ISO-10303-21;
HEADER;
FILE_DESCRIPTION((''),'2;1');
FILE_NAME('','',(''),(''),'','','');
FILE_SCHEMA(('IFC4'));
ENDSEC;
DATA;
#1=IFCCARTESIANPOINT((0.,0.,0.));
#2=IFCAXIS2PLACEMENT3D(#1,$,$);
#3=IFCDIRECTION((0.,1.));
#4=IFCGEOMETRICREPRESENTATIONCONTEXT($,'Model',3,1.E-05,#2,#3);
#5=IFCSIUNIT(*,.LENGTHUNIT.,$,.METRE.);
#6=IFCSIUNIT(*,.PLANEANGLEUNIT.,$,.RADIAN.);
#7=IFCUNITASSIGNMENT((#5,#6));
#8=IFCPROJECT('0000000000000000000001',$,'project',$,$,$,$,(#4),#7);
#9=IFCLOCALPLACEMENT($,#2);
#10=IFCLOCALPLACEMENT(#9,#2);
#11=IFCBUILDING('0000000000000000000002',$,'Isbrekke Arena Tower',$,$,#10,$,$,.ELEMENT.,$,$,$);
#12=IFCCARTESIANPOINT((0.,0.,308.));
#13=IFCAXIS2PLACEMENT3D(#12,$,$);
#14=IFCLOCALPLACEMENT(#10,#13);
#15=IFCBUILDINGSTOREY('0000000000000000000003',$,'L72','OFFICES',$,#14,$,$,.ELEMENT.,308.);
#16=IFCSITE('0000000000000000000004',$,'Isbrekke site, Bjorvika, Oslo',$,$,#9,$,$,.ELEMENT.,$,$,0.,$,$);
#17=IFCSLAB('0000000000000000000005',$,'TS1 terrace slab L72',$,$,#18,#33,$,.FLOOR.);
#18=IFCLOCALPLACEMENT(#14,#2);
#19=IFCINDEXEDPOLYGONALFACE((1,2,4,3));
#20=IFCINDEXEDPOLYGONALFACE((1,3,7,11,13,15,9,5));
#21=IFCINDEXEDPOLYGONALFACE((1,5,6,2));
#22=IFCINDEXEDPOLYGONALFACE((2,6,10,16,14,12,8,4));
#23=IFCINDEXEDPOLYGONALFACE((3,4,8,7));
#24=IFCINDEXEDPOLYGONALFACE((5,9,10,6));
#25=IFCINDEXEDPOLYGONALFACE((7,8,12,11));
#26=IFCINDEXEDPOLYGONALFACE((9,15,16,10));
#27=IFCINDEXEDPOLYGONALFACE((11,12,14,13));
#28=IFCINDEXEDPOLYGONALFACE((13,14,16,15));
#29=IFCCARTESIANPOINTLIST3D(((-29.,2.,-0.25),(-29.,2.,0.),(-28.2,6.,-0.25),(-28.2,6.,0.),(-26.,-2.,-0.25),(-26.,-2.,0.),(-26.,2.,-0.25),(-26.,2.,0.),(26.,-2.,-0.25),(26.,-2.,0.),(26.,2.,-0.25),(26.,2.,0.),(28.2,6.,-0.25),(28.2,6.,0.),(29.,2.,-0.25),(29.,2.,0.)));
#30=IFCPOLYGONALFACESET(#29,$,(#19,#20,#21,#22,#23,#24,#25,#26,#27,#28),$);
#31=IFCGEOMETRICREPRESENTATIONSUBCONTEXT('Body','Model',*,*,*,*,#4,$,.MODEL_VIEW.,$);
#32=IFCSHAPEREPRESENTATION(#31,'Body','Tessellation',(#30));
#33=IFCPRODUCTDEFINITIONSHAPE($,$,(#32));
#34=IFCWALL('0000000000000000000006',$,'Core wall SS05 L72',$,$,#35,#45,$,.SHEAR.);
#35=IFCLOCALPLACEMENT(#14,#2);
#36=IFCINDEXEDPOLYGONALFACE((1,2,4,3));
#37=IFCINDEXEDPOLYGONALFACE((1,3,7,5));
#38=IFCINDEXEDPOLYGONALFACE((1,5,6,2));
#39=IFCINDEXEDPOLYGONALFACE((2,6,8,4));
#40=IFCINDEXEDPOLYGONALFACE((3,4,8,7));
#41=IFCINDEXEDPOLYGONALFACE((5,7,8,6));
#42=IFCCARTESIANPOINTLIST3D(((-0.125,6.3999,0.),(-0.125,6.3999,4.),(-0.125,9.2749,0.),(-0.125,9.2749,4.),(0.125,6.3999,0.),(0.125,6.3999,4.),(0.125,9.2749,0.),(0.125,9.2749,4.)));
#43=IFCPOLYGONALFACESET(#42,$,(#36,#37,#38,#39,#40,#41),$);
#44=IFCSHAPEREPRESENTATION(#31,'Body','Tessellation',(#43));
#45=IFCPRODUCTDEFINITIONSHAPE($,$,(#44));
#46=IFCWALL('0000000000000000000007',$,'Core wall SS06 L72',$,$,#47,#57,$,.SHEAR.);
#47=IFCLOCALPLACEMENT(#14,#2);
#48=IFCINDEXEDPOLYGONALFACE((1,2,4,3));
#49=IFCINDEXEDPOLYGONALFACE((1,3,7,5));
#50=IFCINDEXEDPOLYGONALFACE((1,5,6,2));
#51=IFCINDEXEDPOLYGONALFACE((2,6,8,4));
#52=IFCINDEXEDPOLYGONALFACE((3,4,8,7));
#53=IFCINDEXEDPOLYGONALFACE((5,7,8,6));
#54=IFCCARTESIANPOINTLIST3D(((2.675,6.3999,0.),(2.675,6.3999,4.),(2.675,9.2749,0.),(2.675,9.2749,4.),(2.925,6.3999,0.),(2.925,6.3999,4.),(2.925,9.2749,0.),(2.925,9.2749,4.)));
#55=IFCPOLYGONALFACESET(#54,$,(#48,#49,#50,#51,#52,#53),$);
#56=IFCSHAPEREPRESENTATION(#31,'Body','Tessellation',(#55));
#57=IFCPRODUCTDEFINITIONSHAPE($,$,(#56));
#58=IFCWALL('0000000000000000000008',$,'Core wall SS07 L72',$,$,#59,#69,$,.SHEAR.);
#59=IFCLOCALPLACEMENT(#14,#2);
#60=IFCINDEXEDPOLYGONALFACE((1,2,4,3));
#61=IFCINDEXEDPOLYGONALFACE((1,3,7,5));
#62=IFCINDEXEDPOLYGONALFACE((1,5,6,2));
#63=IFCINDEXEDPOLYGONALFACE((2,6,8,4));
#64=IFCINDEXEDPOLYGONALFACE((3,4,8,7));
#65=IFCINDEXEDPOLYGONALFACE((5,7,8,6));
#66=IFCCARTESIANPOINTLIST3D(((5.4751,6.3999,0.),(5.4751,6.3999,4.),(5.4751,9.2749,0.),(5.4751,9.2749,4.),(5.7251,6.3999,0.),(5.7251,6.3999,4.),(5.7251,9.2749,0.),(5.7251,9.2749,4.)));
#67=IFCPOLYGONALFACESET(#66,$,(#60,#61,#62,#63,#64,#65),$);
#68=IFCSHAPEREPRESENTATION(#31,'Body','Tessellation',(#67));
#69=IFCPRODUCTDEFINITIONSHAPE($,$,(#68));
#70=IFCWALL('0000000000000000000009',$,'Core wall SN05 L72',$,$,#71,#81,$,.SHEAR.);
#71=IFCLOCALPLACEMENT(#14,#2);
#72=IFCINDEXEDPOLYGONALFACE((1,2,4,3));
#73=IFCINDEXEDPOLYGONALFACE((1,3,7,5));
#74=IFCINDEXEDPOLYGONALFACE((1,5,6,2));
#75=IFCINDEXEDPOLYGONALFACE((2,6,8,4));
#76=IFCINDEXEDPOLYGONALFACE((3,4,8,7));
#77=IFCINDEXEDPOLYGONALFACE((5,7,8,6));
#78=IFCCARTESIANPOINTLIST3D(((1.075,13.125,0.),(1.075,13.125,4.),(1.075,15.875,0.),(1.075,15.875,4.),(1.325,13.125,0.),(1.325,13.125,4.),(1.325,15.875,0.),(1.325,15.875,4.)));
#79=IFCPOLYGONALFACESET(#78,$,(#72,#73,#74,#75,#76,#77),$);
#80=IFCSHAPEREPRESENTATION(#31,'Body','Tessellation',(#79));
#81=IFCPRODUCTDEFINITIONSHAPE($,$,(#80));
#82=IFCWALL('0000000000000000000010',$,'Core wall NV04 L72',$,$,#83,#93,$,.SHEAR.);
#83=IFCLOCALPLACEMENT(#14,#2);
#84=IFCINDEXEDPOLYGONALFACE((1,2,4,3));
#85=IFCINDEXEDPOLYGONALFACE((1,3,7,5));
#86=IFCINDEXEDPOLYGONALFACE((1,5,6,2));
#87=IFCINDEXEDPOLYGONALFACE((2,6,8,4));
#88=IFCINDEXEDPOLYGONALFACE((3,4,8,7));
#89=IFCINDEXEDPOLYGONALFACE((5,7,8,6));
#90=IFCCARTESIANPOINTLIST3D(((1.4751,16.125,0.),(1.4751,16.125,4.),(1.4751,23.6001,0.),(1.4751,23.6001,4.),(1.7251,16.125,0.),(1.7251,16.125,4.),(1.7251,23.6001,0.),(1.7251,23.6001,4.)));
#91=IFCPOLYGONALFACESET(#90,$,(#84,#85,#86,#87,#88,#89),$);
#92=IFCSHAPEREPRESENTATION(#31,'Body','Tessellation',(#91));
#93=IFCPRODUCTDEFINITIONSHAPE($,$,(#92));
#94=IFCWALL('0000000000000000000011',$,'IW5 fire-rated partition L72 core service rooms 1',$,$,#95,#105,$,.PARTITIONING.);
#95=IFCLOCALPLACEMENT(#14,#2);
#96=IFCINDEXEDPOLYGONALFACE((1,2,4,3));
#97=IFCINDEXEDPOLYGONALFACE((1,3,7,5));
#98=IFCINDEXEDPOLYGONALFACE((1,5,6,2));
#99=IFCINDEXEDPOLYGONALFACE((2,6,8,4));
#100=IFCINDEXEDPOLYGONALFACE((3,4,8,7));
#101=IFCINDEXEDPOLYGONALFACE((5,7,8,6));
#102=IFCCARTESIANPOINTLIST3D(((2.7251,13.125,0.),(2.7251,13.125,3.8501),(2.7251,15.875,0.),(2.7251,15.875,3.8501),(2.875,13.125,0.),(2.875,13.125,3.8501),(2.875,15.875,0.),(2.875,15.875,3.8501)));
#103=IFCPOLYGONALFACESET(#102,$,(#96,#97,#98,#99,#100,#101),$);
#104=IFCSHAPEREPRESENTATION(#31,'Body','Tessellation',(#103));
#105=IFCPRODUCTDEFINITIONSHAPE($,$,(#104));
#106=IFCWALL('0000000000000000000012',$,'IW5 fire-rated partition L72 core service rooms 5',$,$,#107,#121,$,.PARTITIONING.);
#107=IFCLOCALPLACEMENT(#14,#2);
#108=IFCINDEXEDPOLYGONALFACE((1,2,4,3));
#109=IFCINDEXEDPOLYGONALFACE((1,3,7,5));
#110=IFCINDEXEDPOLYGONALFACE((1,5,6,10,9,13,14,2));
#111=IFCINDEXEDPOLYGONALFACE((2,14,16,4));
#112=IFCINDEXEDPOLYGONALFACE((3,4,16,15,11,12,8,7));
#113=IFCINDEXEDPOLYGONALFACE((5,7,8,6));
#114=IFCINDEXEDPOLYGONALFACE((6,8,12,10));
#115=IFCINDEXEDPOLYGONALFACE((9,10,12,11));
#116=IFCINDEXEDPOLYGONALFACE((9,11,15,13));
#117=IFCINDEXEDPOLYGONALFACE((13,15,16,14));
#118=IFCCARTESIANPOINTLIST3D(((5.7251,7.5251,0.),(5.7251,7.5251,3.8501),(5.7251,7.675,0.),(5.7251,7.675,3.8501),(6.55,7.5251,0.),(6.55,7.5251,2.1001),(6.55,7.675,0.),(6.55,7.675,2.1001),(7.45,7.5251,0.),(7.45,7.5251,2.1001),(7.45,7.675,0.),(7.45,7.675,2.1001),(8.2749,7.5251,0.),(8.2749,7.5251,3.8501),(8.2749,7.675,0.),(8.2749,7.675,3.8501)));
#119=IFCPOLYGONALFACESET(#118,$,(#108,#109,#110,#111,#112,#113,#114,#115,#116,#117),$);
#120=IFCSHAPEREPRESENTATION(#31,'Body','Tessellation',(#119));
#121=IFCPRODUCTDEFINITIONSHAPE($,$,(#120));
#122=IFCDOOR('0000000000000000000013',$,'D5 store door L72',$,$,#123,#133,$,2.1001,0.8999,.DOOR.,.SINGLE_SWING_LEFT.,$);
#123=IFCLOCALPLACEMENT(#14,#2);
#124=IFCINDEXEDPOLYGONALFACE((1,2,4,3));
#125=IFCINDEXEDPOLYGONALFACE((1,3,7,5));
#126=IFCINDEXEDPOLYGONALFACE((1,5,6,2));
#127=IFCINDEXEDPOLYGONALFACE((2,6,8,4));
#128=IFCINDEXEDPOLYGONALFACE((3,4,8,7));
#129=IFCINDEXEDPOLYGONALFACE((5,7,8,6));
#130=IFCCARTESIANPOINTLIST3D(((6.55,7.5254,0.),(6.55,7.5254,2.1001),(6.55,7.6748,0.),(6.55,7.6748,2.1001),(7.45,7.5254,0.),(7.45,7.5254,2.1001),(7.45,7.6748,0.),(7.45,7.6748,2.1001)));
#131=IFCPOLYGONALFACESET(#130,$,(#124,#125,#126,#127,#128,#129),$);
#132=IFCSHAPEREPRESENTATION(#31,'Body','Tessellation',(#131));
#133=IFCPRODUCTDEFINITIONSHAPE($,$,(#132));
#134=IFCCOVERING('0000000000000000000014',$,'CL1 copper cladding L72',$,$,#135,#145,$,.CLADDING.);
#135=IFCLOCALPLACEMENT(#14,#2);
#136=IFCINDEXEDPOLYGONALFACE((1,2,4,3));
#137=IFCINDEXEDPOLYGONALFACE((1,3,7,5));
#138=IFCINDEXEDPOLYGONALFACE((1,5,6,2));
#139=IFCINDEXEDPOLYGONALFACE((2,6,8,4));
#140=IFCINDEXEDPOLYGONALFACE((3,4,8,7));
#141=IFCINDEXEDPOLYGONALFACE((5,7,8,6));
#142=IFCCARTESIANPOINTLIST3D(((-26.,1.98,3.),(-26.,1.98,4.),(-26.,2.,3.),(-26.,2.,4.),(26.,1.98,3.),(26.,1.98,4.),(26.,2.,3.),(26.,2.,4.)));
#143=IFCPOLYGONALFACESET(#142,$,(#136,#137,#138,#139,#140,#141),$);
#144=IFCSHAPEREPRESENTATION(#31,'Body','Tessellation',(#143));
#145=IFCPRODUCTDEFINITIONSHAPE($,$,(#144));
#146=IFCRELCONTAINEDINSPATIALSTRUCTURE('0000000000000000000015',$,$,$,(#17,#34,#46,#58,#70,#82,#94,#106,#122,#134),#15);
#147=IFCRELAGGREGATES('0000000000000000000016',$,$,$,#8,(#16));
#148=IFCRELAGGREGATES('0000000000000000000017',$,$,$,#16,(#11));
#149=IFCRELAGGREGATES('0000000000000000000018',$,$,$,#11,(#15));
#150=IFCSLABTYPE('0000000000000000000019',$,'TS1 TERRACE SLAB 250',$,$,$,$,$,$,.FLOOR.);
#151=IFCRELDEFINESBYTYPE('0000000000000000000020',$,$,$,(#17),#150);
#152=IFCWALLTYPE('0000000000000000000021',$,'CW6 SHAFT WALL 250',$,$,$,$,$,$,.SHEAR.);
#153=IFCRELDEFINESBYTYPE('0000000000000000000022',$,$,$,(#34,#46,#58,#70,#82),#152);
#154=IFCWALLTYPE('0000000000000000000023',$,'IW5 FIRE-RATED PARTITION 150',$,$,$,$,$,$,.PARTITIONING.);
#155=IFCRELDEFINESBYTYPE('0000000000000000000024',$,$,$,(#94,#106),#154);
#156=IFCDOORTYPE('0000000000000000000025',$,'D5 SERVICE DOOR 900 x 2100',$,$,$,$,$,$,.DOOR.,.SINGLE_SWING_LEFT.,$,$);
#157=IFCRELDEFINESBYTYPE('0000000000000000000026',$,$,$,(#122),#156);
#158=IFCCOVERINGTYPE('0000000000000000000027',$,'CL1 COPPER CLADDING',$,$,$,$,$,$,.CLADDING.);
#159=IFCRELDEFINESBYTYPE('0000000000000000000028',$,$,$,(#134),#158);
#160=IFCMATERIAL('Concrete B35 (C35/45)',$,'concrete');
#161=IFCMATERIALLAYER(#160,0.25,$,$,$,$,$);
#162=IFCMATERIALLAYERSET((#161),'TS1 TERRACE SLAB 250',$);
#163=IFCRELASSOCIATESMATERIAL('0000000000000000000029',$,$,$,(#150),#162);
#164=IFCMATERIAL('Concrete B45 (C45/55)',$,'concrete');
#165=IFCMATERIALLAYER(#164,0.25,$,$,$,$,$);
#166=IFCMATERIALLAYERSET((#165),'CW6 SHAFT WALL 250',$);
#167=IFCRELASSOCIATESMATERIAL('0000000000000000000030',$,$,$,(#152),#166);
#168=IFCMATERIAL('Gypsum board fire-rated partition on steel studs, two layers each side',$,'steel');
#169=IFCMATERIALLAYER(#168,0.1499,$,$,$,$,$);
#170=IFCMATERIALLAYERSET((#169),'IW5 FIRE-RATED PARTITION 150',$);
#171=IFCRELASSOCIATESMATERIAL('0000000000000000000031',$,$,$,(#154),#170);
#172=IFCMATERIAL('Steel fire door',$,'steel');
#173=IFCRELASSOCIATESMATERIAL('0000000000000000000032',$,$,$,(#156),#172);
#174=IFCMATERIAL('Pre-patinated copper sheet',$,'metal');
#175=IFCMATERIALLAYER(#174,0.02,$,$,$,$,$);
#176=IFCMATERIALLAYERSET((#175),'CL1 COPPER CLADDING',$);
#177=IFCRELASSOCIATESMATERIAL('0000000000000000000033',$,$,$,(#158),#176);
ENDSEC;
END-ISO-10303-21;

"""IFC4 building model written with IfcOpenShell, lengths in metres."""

from ifc_helpers import new_model, si_unit, direction, frame, frame_2d, origin, origin_2d, place, context, subcontext, project, spatial, polyline, rectangle, outline, extrude, material, layer, layer_set, type_object, element, fill, save


model = new_model("IFC4")

# Units and contexts
model_context = context("Model", 3, precision=1e-05, world=origin(), true_north=direction((0.0, 1.0)))
body_context = subcontext(model_context, "Body", "Model", "MODEL_VIEW")
ifc_project = project(units=[si_unit("LENGTHUNIT", "METRE"), si_unit("PLANEANGLEUNIT", "RADIAN")], contexts=[model_context])

# Site, building, storey
site_placement = place(None, origin())
site = spatial("IfcSite", under=ifc_project, at=site_placement, Name="Isbrekke site, Bjorvika, Oslo", CompositionType="ELEMENT", RefElevation=0.0)
building_placement = place(site_placement, origin())
building = spatial("IfcBuilding", under=site, at=building_placement, Name="Isbrekke Arena Tower", CompositionType="ELEMENT")
storey_placement = place(building_placement, frame((0.0, 0.0, 308.0)))
storey = spatial("IfcBuildingStorey", under=building, at=storey_placement, Name="L72", Description="OFFICES", CompositionType="ELEMENT", Elevation=308.0)

# Slab
ifc_material_1 = material(Name="Concrete B35 (C35/45)", Category="concrete")
ifc_layer_1 = layer(ifc_material_1, 0.25)
ifc_layer_set_1 = layer_set([ifc_layer_1], Name="TS1 TERRACE SLAB 250")
slab_type_1 = type_object("IfcSlabType", Name="TS1 TERRACE SLAB 250", PredefinedType="FLOOR", material=ifc_layer_set_1)
slab_1_placement = place(storey_placement, frame((0.0, 0.0, -0.25)))
element("IfcSlab", 1, at=slab_1_placement, inside=storey, type_object=slab_type_1, Name="TS1 terrace slab L72", PredefinedType="FLOOR", context=body_context, shape_type="SweptSolid", body=[
    extrude(outline(polyline([(-26.0, -2.0), (26.0, -2.0), (29.0, 2.0), (28.2, 6.0), (26.0, 2.0), (-26.0, 2.0), (-28.2, 6.0), (-29.0, 2.0), (-26.0, -2.0)])), origin(), (0.0, 0.0, 1.0), 0.25),
])

# Walls
ifc_material_2 = material(Name="Concrete B45 (C45/55)", Category="concrete")
ifc_layer_2 = layer(ifc_material_2, 0.25)
ifc_layer_set_2 = layer_set([ifc_layer_2], Name="CW6 SHAFT WALL 250")
wall_type_1 = type_object("IfcWallType", Name="CW6 SHAFT WALL 250", PredefinedType="SHEAR", material=ifc_layer_set_2)
for number, where, z_axis, x_axis, name in (
    (2, (0.0, 6.3999, 0.0), (0.0, 0.0, 1.0), (0.0, 1.0, 0.0), "Core wall SS05 L72"),
    (3, (2.8, 6.3999, 0.0), (0.0, 0.0, 1.0), (0.0, 1.0, 0.0), "Core wall SS06 L72"),
    (4, (5.6001, 6.3999, 0.0), (0.0, 0.0, 1.0), (0.0, 1.0, 0.0), "Core wall SS07 L72"),
):
    element("IfcWall", number, at=place(storey_placement, frame(where, z_axis=z_axis, x_axis=x_axis)), inside=storey, type_object=wall_type_1, Name=name, PredefinedType="SHEAR", context=body_context, shape_type="SweptSolid", body=[
        extrude(rectangle(XDim=2.875, YDim=0.25, at=frame_2d((1.4375, 0.0))), origin(), (0.0, 0.0, 1.0), 4.0),
    ])
wall_1_placement = place(storey_placement, frame((1.2, 13.125, 0.0), z_axis=(0.0, 0.0, 1.0), x_axis=(0.0, 1.0, 0.0)))
element("IfcWall", 5, at=wall_1_placement, inside=storey, type_object=wall_type_1, Name="Core wall SN05 L72", PredefinedType="SHEAR", context=body_context, shape_type="SweptSolid", body=[
    extrude(rectangle(XDim=2.75, YDim=0.25, at=frame_2d((1.375, 0.0))), origin(), (0.0, 0.0, 1.0), 4.0),
])
wall_2_placement = place(storey_placement, frame((1.6001, 16.125, 0.0), z_axis=(0.0, 0.0, 1.0), x_axis=(0.0, 1.0, 0.0)))
element("IfcWall", 6, at=wall_2_placement, inside=storey, type_object=wall_type_1, Name="Core wall NV04 L72", PredefinedType="SHEAR", context=body_context, shape_type="SweptSolid", body=[
    extrude(rectangle(XDim=7.4751, YDim=0.25, at=frame_2d((3.7375, 0.0))), origin(), (0.0, 0.0, 1.0), 4.0),
])
ifc_material_3 = material(Name="Gypsum board fire-rated partition on steel studs, two layers each side", Category="steel")
ifc_layer_3 = layer(ifc_material_3, 0.1499)
ifc_layer_set_3 = layer_set([ifc_layer_3], Name="IW5 FIRE-RATED PARTITION 150")
wall_type_2 = type_object("IfcWallType", Name="IW5 FIRE-RATED PARTITION 150", PredefinedType="PARTITIONING", material=ifc_layer_set_3)
wall_3_placement = place(storey_placement, frame((2.8, 13.125, 0.0), z_axis=(0.0, 0.0, 1.0), x_axis=(0.0, 1.0, 0.0)))
element("IfcWall", 7, at=wall_3_placement, inside=storey, type_object=wall_type_2, Name="IW5 fire-rated partition L72 core service rooms 1", PredefinedType="PARTITIONING", context=body_context, shape_type="SweptSolid", body=[
    extrude(rectangle(XDim=2.75, YDim=0.1499, at=frame_2d((1.375, 0.0))), origin(), (0.0, 0.0, 1.0), 3.8501),
])

# Wall, opening, door
wall_4_placement = place(storey_placement, frame((5.7251, 7.6001, 0.0), z_axis=(0.0, 0.0, 1.0), x_axis=(1.0, 0.0, 0.0)))
wall_4 = element("IfcWall", 8, at=wall_4_placement, inside=storey, type_object=wall_type_2, Name="IW5 fire-rated partition L72 core service rooms 5", PredefinedType="PARTITIONING", context=body_context, shape_type="SweptSolid", body=[
    extrude(rectangle(XDim=2.5498, YDim=0.1499, at=frame_2d((1.2749, 0.0))), origin(), (0.0, 0.0, 1.0), 3.8501),
])
opening_placement = place(wall_4_placement, frame((0.825, 0.0, 0.0)))
opening = element("IfcOpeningElement", 9, at=opening_placement, cuts=wall_4, PredefinedType="OPENING", context=body_context, shape_type="SweptSolid", body=[
    extrude(rectangle(XDim=0.8999, YDim=2.1001, at=frame_2d((0.45, 1.05))), frame((0.0, 0.0898, 0.0), z_axis=(0.0, -1.0, 0.0), x_axis=(1.0, 0.0, 0.0)), (0.0, 0.0, 1.0), 0.1797),
])
ifc_material_4 = material(Name="Steel fire door", Category="steel")
door_type = type_object("IfcDoorType", Name="D5 SERVICE DOOR 900 x 2100", OperationType="SINGLE_SWING_LEFT", PredefinedType="DOOR", material=ifc_material_4)
door_placement = place(opening_placement, origin())
door = element("IfcDoor", 10, at=door_placement, inside=storey, type_object=door_type, Name="D5 store door L72", OperationType="SINGLE_SWING_LEFT", OverallHeight=2.1001, OverallWidth=0.8999, PredefinedType="DOOR", context=body_context, shape_type="SweptSolid", body=[
    extrude(rectangle(XDim=0.8999, YDim=2.1001, at=frame_2d((0.45, 1.05))), frame((0.0, 0.0747, 0.0), z_axis=(0.0, -1.0, 0.0), x_axis=(1.0, 0.0, 0.0)), (0.0, 0.0, 1.0), 0.1494),
])
fill(opening, door)

# Covering
ifc_material_5 = material(Name="Pre-patinated copper sheet", Category="metal")
ifc_layer_4 = layer(ifc_material_5, 0.02)
ifc_layer_set_4 = layer_set([ifc_layer_4], Name="CL1 COPPER CLADDING")
covering_type = type_object("IfcCoveringType", Name="CL1 COPPER CLADDING", PredefinedType="CLADDING", material=ifc_layer_set_4)
covering_placement = place(storey_placement, frame((0.0, 1.99, 3.0), z_axis=(0.0, 0.0, 1.0), x_axis=(1.0, 0.0, 0.0)))
element("IfcCovering", 11, at=covering_placement, inside=storey, type_object=covering_type, Name="CL1 copper cladding L72", PredefinedType="CLADDING", context=body_context, shape_type="SweptSolid", body=[
    extrude(rectangle(XDim=52.0, YDim=0.02, at=origin_2d()), origin(), (0.0, 0.0, 1.0), 1.0),
])

save(model, "model.ifc")
